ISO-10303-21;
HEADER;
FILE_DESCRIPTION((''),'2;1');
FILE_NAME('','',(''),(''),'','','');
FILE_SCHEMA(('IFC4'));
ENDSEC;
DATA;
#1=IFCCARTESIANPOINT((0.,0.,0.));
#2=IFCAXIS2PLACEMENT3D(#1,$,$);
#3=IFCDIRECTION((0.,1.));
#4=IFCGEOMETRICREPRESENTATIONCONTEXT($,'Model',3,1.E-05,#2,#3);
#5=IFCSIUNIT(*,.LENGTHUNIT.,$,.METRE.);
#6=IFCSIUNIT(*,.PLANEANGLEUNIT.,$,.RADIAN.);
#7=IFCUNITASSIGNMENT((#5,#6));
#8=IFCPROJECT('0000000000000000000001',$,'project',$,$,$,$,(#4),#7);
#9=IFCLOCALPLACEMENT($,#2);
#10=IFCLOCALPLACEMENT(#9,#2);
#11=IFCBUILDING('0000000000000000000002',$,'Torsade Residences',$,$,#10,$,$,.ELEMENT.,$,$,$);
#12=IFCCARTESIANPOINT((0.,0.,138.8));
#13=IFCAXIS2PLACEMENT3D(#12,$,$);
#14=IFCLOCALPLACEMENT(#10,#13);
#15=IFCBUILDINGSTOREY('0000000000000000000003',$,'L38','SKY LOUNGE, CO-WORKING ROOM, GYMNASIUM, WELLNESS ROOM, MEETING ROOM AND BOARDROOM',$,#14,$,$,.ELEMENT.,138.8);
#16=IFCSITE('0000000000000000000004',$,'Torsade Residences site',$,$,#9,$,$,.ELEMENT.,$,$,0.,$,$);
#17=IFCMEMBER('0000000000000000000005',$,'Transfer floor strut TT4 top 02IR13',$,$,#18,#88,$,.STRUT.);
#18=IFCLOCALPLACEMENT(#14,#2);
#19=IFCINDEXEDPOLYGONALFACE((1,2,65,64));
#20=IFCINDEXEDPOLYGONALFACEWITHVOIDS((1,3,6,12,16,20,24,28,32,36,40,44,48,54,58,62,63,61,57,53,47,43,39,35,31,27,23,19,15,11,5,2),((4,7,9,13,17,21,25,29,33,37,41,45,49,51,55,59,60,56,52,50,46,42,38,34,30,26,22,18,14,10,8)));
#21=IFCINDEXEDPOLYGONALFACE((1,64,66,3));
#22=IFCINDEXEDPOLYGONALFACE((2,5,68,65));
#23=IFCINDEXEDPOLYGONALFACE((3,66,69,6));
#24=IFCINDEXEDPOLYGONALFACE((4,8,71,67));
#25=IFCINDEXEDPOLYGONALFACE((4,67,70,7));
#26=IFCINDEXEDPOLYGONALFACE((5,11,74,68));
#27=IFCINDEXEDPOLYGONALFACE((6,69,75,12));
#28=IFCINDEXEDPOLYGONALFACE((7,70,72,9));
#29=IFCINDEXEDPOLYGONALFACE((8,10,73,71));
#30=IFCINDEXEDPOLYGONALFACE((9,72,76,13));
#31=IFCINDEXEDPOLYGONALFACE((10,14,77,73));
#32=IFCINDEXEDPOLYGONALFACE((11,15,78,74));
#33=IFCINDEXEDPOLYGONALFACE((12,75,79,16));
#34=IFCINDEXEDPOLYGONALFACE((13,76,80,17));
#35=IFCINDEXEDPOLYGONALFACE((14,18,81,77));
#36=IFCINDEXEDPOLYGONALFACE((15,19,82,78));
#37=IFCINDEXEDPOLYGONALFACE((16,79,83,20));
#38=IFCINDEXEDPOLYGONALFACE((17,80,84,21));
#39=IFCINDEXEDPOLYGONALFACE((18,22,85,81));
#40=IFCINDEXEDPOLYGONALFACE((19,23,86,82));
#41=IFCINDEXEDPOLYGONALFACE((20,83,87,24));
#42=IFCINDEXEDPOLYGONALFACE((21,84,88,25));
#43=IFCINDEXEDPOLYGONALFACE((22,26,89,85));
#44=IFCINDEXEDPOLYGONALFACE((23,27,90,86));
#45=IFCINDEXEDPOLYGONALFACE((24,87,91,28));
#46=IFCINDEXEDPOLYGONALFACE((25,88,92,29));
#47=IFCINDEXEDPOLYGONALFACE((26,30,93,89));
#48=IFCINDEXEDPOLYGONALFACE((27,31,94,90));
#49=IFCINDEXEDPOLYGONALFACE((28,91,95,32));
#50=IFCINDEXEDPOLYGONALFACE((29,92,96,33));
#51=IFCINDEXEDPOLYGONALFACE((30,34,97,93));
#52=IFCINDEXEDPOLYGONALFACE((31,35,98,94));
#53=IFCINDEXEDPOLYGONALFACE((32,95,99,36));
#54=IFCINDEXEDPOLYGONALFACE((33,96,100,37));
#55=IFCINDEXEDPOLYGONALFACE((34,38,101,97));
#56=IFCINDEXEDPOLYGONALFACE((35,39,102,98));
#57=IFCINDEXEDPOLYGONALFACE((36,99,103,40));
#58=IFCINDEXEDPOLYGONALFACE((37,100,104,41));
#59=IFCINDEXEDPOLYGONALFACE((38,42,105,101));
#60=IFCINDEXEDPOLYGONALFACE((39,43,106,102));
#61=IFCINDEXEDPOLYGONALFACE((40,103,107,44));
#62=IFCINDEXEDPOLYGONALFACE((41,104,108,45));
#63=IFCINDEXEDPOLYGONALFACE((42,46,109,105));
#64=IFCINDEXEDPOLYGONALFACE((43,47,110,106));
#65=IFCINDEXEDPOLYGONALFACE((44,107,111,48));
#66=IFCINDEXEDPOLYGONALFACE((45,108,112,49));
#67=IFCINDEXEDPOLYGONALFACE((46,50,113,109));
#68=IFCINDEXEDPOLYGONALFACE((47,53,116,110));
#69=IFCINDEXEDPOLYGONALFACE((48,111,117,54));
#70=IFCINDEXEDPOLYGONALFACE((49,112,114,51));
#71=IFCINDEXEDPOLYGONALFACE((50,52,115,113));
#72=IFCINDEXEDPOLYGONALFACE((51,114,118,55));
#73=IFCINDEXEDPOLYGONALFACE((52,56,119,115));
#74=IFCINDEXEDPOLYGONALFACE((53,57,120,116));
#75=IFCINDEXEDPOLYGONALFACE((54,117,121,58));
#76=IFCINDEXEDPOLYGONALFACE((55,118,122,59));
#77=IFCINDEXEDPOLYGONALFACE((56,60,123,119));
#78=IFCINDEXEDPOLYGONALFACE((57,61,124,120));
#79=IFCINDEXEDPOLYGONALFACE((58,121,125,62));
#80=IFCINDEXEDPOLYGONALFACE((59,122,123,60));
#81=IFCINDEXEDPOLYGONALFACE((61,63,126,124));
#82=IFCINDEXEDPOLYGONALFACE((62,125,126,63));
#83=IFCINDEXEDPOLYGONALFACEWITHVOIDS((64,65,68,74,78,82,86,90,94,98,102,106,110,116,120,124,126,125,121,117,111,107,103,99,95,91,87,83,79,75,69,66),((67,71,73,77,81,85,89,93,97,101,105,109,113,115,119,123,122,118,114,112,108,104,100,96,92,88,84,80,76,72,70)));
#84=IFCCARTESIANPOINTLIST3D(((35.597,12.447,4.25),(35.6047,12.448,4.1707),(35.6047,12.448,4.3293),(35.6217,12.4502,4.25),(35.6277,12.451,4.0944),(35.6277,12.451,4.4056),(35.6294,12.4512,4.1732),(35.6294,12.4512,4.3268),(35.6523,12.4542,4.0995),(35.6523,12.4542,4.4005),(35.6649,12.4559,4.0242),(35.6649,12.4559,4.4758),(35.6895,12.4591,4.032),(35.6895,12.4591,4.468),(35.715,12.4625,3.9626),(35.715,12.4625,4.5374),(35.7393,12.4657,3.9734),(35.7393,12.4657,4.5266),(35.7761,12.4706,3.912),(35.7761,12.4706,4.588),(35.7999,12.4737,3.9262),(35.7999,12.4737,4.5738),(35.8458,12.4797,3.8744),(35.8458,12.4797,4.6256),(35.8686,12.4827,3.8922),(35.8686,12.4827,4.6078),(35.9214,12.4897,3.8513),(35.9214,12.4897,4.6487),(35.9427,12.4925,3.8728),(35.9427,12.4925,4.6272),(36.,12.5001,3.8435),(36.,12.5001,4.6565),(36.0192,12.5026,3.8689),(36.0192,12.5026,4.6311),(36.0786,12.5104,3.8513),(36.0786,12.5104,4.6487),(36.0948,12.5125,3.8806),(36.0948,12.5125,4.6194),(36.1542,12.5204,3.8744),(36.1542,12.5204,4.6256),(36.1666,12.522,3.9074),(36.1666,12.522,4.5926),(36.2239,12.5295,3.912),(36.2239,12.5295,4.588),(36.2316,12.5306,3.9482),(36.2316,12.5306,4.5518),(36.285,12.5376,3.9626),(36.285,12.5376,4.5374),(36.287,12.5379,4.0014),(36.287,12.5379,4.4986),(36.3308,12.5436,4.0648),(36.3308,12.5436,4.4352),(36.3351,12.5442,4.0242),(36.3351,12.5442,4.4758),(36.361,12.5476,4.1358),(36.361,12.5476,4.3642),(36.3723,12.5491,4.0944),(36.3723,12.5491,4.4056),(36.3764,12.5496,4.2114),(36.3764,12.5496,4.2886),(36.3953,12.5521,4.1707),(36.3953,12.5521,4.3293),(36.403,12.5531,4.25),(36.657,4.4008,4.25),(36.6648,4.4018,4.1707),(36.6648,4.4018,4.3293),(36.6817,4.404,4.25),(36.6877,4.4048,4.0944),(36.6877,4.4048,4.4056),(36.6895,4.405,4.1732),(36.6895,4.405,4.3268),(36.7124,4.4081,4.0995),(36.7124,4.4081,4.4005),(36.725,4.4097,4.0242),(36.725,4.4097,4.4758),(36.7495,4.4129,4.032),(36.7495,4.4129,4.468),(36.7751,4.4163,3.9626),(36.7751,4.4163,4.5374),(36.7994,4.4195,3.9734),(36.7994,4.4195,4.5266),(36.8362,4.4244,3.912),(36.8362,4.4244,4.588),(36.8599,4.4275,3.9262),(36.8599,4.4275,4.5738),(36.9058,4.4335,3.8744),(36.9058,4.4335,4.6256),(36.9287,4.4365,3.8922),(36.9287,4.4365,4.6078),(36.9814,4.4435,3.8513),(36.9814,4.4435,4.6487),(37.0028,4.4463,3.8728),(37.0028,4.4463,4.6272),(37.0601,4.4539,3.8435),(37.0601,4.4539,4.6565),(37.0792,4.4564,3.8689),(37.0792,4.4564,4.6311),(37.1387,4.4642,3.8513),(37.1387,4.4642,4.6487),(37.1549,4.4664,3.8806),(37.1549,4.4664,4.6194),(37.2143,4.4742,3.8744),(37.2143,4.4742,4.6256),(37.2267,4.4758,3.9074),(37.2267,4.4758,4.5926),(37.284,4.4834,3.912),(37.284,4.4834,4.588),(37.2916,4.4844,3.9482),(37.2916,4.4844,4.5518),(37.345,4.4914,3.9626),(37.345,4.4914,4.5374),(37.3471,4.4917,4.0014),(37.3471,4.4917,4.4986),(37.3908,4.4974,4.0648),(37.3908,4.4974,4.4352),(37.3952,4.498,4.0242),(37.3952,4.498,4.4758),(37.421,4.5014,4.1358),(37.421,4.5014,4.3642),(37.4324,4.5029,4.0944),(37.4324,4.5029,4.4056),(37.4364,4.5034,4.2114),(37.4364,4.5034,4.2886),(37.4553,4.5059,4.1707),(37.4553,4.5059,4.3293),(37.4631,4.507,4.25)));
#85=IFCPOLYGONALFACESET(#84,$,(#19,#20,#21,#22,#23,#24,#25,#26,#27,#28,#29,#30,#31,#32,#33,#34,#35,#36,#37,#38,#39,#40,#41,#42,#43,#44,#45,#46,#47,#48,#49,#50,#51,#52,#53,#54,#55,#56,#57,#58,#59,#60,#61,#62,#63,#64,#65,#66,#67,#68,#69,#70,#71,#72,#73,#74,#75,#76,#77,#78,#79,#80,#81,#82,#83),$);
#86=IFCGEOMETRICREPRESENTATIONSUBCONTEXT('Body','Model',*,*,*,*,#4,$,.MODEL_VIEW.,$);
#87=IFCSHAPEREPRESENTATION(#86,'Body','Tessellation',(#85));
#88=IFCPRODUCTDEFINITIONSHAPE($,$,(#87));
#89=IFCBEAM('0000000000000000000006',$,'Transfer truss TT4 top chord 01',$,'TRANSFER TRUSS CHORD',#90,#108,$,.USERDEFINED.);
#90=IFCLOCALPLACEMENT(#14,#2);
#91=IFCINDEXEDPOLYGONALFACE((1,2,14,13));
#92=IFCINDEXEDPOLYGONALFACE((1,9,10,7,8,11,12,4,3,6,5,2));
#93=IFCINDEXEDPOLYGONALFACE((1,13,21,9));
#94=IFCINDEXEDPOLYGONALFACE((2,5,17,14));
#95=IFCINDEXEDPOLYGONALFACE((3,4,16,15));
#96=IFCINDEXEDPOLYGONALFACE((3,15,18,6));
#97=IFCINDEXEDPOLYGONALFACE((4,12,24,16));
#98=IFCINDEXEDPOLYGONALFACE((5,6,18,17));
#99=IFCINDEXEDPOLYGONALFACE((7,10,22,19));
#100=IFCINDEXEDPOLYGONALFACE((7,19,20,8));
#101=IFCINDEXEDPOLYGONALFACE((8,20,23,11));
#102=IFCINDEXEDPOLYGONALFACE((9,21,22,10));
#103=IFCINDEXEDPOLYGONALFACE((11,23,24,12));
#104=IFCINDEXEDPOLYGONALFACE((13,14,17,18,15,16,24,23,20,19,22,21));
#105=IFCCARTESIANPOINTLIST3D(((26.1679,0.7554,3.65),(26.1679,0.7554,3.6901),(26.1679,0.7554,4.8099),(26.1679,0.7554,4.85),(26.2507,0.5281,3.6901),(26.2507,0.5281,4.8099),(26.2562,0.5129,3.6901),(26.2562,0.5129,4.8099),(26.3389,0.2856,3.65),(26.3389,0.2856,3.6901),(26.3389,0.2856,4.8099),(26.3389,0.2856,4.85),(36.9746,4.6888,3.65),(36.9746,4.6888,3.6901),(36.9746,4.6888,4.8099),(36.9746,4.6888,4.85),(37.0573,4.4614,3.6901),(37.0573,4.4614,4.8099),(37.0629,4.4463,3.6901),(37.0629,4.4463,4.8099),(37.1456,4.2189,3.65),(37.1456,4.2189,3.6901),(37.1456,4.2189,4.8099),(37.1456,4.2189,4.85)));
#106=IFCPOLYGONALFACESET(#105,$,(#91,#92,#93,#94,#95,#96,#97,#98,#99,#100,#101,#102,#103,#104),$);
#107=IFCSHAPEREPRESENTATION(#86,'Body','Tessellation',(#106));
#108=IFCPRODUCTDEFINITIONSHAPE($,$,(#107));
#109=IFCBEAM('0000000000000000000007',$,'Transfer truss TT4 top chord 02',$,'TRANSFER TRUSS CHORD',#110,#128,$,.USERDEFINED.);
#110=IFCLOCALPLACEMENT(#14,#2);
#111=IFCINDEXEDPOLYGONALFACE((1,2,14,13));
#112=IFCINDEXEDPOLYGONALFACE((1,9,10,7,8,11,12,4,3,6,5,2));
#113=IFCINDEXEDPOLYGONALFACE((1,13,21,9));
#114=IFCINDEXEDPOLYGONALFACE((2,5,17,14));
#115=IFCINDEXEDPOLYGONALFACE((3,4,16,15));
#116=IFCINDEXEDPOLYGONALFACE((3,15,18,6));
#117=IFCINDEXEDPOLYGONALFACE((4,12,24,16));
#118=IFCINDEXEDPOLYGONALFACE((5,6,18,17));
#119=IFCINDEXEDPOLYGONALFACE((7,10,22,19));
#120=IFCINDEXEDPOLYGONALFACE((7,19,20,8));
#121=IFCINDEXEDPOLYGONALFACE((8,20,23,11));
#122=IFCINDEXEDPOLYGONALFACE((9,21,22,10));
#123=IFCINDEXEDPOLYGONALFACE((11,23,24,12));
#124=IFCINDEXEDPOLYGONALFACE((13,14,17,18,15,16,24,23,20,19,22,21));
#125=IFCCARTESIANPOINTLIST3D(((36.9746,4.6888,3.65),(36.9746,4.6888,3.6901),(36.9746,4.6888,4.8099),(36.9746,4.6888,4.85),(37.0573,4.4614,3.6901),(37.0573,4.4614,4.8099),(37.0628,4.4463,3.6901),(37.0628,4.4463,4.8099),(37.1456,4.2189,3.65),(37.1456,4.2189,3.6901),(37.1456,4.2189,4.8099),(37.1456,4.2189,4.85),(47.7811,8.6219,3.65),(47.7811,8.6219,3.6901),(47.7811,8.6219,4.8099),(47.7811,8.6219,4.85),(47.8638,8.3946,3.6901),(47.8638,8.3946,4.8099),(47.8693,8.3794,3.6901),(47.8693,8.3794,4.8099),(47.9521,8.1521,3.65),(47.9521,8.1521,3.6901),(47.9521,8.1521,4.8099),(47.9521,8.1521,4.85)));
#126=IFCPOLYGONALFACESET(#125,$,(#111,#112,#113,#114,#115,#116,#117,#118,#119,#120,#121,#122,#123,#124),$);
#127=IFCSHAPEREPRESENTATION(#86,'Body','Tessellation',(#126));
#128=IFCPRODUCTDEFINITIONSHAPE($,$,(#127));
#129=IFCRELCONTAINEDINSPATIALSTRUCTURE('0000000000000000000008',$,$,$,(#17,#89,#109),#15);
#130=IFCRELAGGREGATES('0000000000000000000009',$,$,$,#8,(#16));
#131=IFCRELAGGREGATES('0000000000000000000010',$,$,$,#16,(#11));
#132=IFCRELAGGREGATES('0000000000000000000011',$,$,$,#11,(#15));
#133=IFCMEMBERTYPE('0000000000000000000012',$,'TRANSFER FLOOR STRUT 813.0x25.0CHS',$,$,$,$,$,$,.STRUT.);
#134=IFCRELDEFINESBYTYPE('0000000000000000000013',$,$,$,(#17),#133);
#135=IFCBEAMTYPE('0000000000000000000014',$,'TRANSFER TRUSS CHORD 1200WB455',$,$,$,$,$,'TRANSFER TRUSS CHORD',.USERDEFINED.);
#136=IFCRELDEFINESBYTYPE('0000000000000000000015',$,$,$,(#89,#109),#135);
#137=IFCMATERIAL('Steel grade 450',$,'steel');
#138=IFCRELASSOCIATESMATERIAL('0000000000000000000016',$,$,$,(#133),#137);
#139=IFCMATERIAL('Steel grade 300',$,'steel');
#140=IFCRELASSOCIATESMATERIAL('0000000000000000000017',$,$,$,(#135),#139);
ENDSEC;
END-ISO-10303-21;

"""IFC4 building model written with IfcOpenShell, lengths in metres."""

from ifc_helpers import new_model, si_unit, direction, frame, origin, origin_2d, place, context, subcontext, project, spatial, hollow_circle, i_section, extrude, material, material_profile, profile_set, type_object, element, save


model = new_model("IFC4")

# Units and contexts
model_context = context("Model", 3, precision=1e-05, world=origin(), true_north=direction((0.0, 1.0)))
body_context = subcontext(model_context, "Body", "Model", "MODEL_VIEW")
ifc_project = project(units=[si_unit("LENGTHUNIT", "METRE"), si_unit("PLANEANGLEUNIT", "RADIAN")], contexts=[model_context])

# Site, building, storey
site_placement = place(None, origin())
site = spatial("IfcSite", under=ifc_project, at=site_placement, Name="Torsade Residences site", CompositionType="ELEMENT", RefElevation=0.0)
building_placement = place(site_placement, origin())
building = spatial("IfcBuilding", under=site, at=building_placement, Name="Torsade Residences", CompositionType="ELEMENT")
storey_placement = place(building_placement, frame((0.0, 0.0, 138.8)))
storey = spatial("IfcBuildingStorey", under=building, at=storey_placement, Name="L38", Description="SKY LOUNGE, CO-WORKING ROOM, GYMNASIUM, WELLNESS ROOM, MEETING ROOM AND BOARDROOM", CompositionType="ELEMENT", Elevation=138.8)

# Member
ifc_material_1 = material(Name="Steel grade 450", Category="steel")
ifc_material_profile_1 = material_profile(ifc_material_1, hollow_circle(Radius=0.4065, WallThickness=0.0249, at=origin_2d()), Name="813.0x25.0CHS")
ifc_profile_set_1 = profile_set([ifc_material_profile_1], Name="Steel grade 450")
member_type_1 = type_object("IfcMemberType", Name="TRANSFER FLOOR STRUT 813.0x25.0CHS", PredefinedType="STRUT", material=ifc_profile_set_1)
member_1_placement = place(storey_placement, frame((37.0601, 4.4539, 4.25), z_axis=(-0.130619, 0.991433, 0.0), x_axis=(-0.991433, -0.130619, 0.0)))
element("IfcMember", 1, at=member_1_placement, inside=storey, type_object=member_type_1, Name="Transfer floor strut TT4 top 02IR13", PredefinedType="STRUT", context=body_context, shape_type="SweptSolid", body=[
    extrude(hollow_circle(Radius=0.4065, WallThickness=0.0249, at=origin_2d()), origin(), (0.0, 0.0, 1.0), 8.1157),
])

# Beams
ifc_material_2 = material(Name="Steel grade 300", Category="steel")
ifc_material_profile_2 = material_profile(ifc_material_2, i_section(OverallWidth=0.5, OverallDepth=1.2, WebThickness=0.0161, FlangeThickness=0.04, at=origin_2d()), Name="1200WB455")
ifc_profile_set_2 = profile_set([ifc_material_profile_2], Name="Steel grade 300")
beam_type_1 = type_object("IfcBeamType", Name="TRANSFER TRUSS CHORD 1200WB455", ElementType="TRANSFER TRUSS CHORD", PredefinedType="USERDEFINED", material=ifc_profile_set_2)
beam_1_placement = place(storey_placement, frame((26.2534, 0.5205, 4.25), z_axis=(0.939691, 0.342024, 0.0), x_axis=(-0.342024, 0.939691, 0.0)))
element("IfcBeam", 2, at=beam_1_placement, inside=storey, type_object=beam_type_1, Name="Transfer truss TT4 top chord 01", ObjectType="TRANSFER TRUSS CHORD", PredefinedType="USERDEFINED", context=body_context, shape_type="SweptSolid", body=[
    extrude(i_section(OverallWidth=0.5, OverallDepth=1.2, WebThickness=0.0161, FlangeThickness=0.04, at=origin_2d()), origin(), (0.0, 0.0, 1.0), 11.5002),
])
beam_2_placement = place(storey_placement, frame((37.0601, 4.4539, 4.25), z_axis=(0.939695, 0.342012, 0.0), x_axis=(-0.342012, 0.939695, 0.0)))
element("IfcBeam", 3, at=beam_2_placement, inside=storey, type_object=beam_type_1, Name="Transfer truss TT4 top chord 02", ObjectType="TRANSFER TRUSS CHORD", PredefinedType="USERDEFINED", context=body_context, shape_type="SweptSolid", body=[
    extrude(i_section(OverallWidth=0.5, OverallDepth=1.2, WebThickness=0.0161, FlangeThickness=0.04, at=origin_2d()), origin(), (0.0, 0.0, 1.0), 11.5),
])

save(model, "model.ifc")
